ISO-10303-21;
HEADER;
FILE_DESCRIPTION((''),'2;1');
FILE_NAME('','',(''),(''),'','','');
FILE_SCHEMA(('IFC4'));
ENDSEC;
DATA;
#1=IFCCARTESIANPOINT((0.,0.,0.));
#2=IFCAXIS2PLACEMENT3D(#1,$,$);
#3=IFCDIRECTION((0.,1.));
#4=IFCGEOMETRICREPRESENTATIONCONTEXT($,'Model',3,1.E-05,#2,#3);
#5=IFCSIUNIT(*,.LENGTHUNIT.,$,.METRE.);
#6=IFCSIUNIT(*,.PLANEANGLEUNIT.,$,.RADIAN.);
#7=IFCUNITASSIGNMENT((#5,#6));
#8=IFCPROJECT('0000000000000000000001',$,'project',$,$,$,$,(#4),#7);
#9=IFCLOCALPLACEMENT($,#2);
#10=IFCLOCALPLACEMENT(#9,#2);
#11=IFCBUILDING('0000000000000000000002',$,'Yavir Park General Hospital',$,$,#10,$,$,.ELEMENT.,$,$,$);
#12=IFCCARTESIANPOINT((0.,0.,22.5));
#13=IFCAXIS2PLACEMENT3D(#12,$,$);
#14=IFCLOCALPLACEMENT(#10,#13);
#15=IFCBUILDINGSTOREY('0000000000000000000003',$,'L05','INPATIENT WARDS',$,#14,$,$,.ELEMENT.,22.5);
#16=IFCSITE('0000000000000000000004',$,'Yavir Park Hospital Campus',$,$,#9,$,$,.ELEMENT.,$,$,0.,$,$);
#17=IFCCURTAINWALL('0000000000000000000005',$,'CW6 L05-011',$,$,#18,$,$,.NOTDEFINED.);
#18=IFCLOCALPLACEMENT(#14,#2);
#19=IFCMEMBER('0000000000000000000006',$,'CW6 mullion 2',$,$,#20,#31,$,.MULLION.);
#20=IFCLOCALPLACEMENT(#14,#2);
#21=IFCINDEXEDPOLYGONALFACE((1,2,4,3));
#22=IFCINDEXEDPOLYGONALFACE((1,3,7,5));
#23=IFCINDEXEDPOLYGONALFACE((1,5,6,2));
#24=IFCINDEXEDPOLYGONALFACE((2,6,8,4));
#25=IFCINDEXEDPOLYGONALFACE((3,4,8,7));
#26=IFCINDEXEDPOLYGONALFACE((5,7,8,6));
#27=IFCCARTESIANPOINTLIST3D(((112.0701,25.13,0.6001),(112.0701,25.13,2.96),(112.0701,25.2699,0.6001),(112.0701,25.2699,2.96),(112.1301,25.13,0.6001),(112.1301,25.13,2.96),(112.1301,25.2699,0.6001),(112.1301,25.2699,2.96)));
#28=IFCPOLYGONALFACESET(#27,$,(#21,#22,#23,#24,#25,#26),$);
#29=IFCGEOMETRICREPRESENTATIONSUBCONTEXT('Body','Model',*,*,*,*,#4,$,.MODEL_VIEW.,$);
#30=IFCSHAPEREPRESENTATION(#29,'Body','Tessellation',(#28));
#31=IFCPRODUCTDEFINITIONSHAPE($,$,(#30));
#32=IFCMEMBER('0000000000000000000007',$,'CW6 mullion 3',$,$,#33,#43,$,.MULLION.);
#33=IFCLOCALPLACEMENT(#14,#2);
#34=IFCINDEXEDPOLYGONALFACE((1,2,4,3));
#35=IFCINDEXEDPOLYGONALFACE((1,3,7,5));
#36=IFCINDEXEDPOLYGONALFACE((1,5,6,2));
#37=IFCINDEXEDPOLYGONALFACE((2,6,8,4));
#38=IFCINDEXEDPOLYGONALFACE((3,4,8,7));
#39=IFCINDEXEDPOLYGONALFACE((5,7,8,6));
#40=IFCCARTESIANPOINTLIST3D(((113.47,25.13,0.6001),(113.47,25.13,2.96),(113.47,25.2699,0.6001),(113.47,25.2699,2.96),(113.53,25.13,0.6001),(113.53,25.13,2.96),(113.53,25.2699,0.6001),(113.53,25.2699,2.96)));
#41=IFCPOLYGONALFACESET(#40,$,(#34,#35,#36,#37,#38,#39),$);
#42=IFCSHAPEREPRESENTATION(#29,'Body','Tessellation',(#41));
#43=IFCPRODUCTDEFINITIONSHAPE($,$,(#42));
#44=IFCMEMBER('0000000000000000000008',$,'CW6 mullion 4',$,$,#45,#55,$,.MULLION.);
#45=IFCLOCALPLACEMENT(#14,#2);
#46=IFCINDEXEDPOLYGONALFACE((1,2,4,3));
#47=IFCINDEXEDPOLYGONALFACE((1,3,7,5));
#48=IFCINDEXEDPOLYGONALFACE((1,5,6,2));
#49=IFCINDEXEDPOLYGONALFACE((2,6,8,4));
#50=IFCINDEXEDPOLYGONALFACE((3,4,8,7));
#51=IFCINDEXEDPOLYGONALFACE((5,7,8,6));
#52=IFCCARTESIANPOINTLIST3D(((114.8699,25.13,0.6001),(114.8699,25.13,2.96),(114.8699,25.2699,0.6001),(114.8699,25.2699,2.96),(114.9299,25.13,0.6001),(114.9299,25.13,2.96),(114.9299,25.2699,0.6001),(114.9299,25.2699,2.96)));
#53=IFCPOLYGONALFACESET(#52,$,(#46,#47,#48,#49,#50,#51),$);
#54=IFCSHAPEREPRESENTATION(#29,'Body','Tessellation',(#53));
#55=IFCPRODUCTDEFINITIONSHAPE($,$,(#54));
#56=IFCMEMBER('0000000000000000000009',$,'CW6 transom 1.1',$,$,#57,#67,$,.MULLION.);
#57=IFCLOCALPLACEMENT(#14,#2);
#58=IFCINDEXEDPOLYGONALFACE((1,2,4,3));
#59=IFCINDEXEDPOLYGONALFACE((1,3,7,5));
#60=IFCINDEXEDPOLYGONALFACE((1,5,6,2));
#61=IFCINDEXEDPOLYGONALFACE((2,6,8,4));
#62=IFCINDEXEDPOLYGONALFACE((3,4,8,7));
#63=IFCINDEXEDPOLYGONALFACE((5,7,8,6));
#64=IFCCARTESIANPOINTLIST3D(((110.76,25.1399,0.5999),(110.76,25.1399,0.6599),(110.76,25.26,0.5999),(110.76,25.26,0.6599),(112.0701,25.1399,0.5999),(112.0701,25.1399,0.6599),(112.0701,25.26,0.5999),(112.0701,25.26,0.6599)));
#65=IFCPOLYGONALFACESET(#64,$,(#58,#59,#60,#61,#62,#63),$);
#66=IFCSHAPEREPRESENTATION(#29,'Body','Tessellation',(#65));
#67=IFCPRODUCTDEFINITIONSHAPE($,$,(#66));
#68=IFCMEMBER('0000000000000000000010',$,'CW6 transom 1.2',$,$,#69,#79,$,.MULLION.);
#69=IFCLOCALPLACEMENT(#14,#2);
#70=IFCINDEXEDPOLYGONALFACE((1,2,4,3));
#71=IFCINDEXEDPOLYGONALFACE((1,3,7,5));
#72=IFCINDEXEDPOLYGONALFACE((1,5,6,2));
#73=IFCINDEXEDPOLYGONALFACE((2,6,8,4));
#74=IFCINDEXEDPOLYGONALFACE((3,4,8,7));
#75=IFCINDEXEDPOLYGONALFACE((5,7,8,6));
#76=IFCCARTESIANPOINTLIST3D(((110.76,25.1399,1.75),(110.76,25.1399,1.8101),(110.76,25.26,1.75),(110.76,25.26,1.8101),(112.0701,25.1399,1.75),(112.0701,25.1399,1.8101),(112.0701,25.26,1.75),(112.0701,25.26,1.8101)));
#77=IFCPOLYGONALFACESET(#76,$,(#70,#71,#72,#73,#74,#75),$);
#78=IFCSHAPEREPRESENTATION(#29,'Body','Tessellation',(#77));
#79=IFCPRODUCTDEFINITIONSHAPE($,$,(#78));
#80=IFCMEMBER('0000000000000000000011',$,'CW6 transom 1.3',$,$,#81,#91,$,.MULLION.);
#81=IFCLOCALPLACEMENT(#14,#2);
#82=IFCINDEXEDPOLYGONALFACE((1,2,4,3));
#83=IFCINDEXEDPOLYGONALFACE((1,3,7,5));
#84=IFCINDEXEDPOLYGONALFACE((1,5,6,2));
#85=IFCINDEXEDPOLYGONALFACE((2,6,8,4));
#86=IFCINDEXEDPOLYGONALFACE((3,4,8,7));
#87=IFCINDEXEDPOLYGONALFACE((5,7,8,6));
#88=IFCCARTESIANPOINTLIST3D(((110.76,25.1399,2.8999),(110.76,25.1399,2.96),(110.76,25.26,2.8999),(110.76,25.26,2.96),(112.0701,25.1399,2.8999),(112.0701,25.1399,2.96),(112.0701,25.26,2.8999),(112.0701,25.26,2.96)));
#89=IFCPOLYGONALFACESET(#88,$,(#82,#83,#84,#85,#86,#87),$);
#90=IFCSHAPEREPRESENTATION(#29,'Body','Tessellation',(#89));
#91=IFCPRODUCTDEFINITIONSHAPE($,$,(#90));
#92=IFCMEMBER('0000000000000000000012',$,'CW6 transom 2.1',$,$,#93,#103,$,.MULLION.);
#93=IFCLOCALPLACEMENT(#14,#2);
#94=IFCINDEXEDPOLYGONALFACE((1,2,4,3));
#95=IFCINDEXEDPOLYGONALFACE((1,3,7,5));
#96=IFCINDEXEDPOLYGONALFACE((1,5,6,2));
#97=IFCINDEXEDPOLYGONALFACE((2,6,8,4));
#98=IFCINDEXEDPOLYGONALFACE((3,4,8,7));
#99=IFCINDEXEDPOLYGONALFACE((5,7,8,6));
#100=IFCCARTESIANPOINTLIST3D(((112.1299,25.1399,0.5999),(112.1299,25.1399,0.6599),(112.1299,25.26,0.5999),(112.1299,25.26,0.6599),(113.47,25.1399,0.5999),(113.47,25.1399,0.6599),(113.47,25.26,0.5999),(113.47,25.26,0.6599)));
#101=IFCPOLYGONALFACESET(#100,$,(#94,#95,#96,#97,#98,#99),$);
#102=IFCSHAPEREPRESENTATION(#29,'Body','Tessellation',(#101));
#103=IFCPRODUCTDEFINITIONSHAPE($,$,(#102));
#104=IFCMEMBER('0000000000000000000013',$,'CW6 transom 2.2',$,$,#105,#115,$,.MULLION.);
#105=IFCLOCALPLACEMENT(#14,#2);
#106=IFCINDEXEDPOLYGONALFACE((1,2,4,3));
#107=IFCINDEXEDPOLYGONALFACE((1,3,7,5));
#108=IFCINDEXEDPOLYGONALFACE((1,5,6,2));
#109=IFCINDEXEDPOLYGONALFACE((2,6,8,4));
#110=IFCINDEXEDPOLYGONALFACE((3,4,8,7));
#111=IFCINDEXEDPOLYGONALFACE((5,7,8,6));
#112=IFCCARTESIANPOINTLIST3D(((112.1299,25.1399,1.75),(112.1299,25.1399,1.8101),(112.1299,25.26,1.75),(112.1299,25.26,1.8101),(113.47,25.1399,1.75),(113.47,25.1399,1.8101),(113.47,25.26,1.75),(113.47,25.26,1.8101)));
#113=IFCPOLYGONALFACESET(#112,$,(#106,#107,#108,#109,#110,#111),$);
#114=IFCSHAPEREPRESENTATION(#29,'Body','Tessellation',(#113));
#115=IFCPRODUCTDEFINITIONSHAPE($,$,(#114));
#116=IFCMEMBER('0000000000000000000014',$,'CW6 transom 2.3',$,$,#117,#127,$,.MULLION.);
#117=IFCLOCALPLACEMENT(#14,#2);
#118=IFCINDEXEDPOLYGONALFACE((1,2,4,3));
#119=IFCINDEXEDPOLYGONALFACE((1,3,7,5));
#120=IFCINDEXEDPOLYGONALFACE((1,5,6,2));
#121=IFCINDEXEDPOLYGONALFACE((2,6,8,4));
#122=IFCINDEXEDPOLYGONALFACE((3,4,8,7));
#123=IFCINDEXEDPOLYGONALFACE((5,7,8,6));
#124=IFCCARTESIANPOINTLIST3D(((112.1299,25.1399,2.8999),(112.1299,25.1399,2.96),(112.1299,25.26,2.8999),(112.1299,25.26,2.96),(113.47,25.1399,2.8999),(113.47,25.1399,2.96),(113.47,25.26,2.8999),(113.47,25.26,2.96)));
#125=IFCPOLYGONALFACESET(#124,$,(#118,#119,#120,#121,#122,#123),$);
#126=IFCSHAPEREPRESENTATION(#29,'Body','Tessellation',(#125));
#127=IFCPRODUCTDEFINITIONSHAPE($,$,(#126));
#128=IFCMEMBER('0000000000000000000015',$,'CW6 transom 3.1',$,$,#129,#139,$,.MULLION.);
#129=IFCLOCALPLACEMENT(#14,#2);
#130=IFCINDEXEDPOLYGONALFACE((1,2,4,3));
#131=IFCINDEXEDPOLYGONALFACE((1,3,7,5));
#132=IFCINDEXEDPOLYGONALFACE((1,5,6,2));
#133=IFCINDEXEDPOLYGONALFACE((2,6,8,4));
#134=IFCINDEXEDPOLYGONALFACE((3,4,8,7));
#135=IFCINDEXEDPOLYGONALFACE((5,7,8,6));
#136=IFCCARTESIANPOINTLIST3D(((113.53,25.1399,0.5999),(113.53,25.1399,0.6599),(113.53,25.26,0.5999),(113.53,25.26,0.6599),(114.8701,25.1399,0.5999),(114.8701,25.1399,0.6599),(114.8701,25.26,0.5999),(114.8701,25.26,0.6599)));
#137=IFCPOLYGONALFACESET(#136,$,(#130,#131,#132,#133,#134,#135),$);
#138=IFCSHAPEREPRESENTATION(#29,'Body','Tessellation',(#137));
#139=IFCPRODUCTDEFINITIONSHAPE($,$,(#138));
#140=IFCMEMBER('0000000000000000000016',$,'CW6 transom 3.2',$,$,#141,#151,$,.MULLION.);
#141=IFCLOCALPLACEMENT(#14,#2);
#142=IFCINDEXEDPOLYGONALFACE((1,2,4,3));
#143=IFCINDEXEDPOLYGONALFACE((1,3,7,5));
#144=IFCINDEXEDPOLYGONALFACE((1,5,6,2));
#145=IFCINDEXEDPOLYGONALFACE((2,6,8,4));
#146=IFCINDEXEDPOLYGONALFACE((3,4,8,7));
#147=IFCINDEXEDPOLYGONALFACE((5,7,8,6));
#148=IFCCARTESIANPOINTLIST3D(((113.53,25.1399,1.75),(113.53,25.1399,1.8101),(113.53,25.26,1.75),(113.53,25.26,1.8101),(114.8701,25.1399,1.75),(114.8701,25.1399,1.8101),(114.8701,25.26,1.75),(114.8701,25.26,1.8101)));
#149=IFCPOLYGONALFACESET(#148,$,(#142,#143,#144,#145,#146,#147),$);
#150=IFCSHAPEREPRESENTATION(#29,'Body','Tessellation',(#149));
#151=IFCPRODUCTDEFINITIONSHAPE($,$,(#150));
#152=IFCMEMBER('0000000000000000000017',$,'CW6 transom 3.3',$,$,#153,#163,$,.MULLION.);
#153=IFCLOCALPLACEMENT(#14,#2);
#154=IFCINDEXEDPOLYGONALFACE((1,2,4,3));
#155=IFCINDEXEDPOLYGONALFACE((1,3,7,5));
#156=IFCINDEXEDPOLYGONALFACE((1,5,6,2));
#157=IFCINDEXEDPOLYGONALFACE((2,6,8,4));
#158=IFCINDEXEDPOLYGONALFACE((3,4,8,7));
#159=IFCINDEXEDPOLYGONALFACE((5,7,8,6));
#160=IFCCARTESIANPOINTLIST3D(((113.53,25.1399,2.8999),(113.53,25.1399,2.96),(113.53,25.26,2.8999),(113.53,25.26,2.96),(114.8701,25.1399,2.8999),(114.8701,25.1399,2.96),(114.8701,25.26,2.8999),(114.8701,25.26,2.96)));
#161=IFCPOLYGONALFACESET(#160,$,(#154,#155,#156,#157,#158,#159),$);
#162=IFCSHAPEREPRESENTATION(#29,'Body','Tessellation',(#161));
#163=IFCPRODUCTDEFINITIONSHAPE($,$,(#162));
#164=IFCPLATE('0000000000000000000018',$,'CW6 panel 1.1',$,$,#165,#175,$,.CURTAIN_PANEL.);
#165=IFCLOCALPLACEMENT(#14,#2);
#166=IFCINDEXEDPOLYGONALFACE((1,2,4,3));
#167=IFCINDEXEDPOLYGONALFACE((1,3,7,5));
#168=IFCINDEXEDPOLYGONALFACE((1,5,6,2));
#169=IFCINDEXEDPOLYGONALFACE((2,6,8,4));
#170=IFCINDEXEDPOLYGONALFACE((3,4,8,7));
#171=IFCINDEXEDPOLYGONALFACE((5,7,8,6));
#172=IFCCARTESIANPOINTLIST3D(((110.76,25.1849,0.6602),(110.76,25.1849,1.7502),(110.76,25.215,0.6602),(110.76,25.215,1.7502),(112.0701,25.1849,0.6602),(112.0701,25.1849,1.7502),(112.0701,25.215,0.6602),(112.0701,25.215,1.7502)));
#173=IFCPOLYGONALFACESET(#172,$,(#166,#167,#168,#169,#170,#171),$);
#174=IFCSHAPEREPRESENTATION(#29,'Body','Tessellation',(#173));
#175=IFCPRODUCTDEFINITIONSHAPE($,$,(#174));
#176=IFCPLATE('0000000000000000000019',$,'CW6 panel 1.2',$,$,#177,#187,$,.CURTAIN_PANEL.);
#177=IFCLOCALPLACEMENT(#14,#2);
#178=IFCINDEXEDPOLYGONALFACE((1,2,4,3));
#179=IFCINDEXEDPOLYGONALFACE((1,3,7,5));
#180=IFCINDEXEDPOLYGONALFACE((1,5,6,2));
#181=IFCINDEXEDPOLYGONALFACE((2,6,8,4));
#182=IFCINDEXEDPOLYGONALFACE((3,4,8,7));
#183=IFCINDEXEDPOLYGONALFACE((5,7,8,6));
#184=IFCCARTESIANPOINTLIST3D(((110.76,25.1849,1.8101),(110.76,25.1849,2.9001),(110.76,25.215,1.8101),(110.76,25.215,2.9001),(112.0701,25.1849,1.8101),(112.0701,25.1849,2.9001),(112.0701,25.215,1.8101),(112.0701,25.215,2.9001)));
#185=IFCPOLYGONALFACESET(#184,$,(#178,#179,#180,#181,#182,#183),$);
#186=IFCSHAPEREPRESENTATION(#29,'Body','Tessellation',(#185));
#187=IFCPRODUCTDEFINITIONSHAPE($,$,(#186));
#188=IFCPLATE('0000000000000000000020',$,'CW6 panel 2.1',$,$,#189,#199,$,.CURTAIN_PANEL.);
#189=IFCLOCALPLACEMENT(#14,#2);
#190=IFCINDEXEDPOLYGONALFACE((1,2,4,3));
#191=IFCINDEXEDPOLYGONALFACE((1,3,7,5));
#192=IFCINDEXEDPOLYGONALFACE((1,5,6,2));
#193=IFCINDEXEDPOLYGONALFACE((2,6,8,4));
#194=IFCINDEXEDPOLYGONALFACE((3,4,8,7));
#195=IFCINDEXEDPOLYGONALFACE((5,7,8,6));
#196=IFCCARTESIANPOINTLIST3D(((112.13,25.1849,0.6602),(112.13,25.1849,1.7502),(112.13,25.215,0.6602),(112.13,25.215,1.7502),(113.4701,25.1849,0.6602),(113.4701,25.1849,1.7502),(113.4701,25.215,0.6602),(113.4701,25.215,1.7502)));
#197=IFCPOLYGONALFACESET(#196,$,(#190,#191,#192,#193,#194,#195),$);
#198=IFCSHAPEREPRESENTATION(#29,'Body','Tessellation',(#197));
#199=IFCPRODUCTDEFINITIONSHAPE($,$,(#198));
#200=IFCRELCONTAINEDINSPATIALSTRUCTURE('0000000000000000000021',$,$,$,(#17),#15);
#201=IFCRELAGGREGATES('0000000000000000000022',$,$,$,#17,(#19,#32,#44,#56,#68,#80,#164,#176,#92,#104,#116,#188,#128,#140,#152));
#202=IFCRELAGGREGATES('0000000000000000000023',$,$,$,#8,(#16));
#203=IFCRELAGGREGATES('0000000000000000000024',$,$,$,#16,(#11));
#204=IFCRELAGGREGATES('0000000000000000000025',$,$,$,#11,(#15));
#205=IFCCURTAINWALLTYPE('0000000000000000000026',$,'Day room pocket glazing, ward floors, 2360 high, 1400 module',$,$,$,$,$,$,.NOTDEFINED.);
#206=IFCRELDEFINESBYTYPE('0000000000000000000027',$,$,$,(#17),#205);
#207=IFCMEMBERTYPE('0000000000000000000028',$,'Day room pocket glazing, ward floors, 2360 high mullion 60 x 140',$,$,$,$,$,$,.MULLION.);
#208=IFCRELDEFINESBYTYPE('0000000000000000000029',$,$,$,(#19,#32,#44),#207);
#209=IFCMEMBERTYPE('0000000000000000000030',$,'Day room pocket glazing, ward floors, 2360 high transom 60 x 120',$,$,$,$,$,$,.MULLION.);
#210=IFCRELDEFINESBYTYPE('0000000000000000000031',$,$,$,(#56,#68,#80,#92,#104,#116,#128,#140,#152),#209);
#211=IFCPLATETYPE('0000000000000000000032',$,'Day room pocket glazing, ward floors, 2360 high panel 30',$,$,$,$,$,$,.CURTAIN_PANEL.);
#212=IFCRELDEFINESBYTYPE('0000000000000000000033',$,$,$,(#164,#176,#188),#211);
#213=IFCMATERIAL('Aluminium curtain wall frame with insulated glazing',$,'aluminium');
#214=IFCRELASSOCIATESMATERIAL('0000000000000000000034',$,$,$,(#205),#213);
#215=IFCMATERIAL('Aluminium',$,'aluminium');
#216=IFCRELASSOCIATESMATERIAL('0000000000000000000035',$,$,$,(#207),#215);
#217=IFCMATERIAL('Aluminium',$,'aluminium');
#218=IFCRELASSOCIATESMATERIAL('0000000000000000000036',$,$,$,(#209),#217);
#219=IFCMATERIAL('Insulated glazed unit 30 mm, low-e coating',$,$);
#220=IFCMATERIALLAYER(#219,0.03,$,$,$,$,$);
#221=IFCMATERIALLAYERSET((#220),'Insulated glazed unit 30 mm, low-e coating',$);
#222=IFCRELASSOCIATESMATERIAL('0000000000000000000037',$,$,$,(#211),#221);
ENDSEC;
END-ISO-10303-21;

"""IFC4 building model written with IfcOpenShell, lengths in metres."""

from ifc_helpers import new_model, si_unit, direction, frame, origin, origin_2d, place, context, subcontext, project, spatial, rectangle, extrude, material, layer, layer_set, material_profile, profile_set, type_object, element, aggregate, save


model = new_model("IFC4")

# Units and contexts
model_context = context("Model", 3, precision=1e-05, world=origin(), true_north=direction((0.0, 1.0)))
body_context = subcontext(model_context, "Body", "Model", "MODEL_VIEW")
ifc_project = project(units=[si_unit("LENGTHUNIT", "METRE"), si_unit("PLANEANGLEUNIT", "RADIAN")], contexts=[model_context])

# Site, building, storey
site_placement = place(None, origin())
site = spatial("IfcSite", under=ifc_project, at=site_placement, Name="Yavir Park Hospital Campus", CompositionType="ELEMENT", RefElevation=0.0)
building_placement = place(site_placement, origin())
building = spatial("IfcBuilding", under=site, at=building_placement, Name="Yavir Park General Hospital", CompositionType="ELEMENT")
storey_placement = place(building_placement, frame((0.0, 0.0, 22.5)))
storey = spatial("IfcBuildingStorey", under=building, at=storey_placement, Name="L05", Description="INPATIENT WARDS", CompositionType="ELEMENT", Elevation=22.5)

# Curtain wall, members, plates
ifc_material_1 = material(Name="Aluminium curtain wall frame with insulated glazing", Category="aluminium")
curtain_wall_type = type_object("IfcCurtainWallType", Name="Day room pocket glazing, ward floors, 2360 high, 1400 module", PredefinedType="NOTDEFINED", material=ifc_material_1)
curtain_wall_placement = place(storey_placement, origin())
curtain_wall = element("IfcCurtainWall", 1, at=curtain_wall_placement, inside=storey, type_object=curtain_wall_type, Name="CW6 L05-011", PredefinedType="NOTDEFINED")
ifc_material_2 = material(Name="Aluminium", Category="aluminium")
ifc_material_profile_1 = material_profile(ifc_material_2, rectangle(XDim=0.1399, YDim=0.0601, at=origin_2d()), Name="AL 60x140")
ifc_profile_set_1 = profile_set([ifc_material_profile_1], Name="Aluminium")
member_type_1 = type_object("IfcMemberType", Name="Day room pocket glazing, ward floors, 2360 high mullion 60 x 140", PredefinedType="MULLION", material=ifc_profile_set_1)
member_1_placement = place(storey_placement, frame((112.1001, 25.2, 0.6001), z_axis=(0.0, 0.0, 1.0), x_axis=(0.0, 1.0, 0.0)))
member_1 = element("IfcMember", 2, at=member_1_placement, type_object=member_type_1, Name="CW6 mullion 2", PredefinedType="MULLION", context=body_context, shape_type="SweptSolid", body=[
    extrude(rectangle(XDim=0.1399, YDim=0.0601, at=origin_2d()), origin(), (0.0, 0.0, 1.0), 2.3599),
])
member_2_placement = place(storey_placement, frame((113.5, 25.2, 0.6001), z_axis=(0.0, 0.0, 1.0), x_axis=(0.0, 1.0, 0.0)))
member_2 = element("IfcMember", 3, at=member_2_placement, type_object=member_type_1, Name="CW6 mullion 3", PredefinedType="MULLION", context=body_context, shape_type="SweptSolid", body=[
    extrude(rectangle(XDim=0.1399, YDim=0.0601, at=origin_2d()), origin(), (0.0, 0.0, 1.0), 2.3599),
])
member_3_placement = place(storey_placement, frame((114.8999, 25.2, 0.6001), z_axis=(0.0, 0.0, 1.0), x_axis=(0.0, 1.0, 0.0)))
member_3 = element("IfcMember", 4, at=member_3_placement, type_object=member_type_1, Name="CW6 mullion 4", PredefinedType="MULLION", context=body_context, shape_type="SweptSolid", body=[
    extrude(rectangle(XDim=0.1399, YDim=0.0601, at=origin_2d()), origin(), (0.0, 0.0, 1.0), 2.3599),
])
ifc_material_3 = material(Name="Aluminium", Category="aluminium")
ifc_material_profile_2 = material_profile(ifc_material_3, rectangle(XDim=0.1201, YDim=0.0601, at=origin_2d()), Name="AL 120x60")
ifc_profile_set_2 = profile_set([ifc_material_profile_2], Name="Aluminium")
member_type_2 = type_object("IfcMemberType", Name="Day room pocket glazing, ward floors, 2360 high transom 60 x 120", PredefinedType="MULLION", material=ifc_profile_set_2)
member_4_placement = place(storey_placement, frame((110.76, 25.2, 0.6299), z_axis=(1.0, 0.0, 0.0), x_axis=(0.0, 1.0, 0.0)))
member_4 = element("IfcMember", 5, at=member_4_placement, type_object=member_type_2, Name="CW6 transom 1.1", PredefinedType="MULLION", context=body_context, shape_type="SweptSolid", body=[
    extrude(rectangle(XDim=0.1201, YDim=0.0601, at=origin_2d()), origin(), (0.0, 0.0, 1.0), 1.3101),
])
member_5_placement = place(storey_placement, frame((110.76, 25.2, 1.78), z_axis=(1.0, 0.0, 0.0), x_axis=(0.0, 1.0, 0.0)))
member_5 = element("IfcMember", 6, at=member_5_placement, type_object=member_type_2, Name="CW6 transom 1.2", PredefinedType="MULLION", context=body_context, shape_type="SweptSolid", body=[
    extrude(rectangle(XDim=0.1201, YDim=0.0601, at=origin_2d()), origin(), (0.0, 0.0, 1.0), 1.3101),
])
member_6_placement = place(storey_placement, frame((110.76, 25.2, 2.9299), z_axis=(1.0, 0.0, 0.0), x_axis=(0.0, 1.0, 0.0)))
member_6 = element("IfcMember", 7, at=member_6_placement, type_object=member_type_2, Name="CW6 transom 1.3", PredefinedType="MULLION", context=body_context, shape_type="SweptSolid", body=[
    extrude(rectangle(XDim=0.1201, YDim=0.0601, at=origin_2d()), origin(), (0.0, 0.0, 1.0), 1.3101),
])
member_7_placement = place(storey_placement, frame((112.1299, 25.2, 0.6299), z_axis=(1.0, 0.0, 0.0), x_axis=(0.0, 1.0, 0.0)))
member_7 = element("IfcMember", 8, at=member_7_placement, type_object=member_type_2, Name="CW6 transom 2.1", PredefinedType="MULLION", context=body_context, shape_type="SweptSolid", body=[
    extrude(rectangle(XDim=0.1201, YDim=0.0601, at=origin_2d()), origin(), (0.0, 0.0, 1.0), 1.3401),
])
member_8_placement = place(storey_placement, frame((112.1299, 25.2, 1.78), z_axis=(1.0, 0.0, 0.0), x_axis=(0.0, 1.0, 0.0)))
member_8 = element("IfcMember", 9, at=member_8_placement, type_object=member_type_2, Name="CW6 transom 2.2", PredefinedType="MULLION", context=body_context, shape_type="SweptSolid", body=[
    extrude(rectangle(XDim=0.1201, YDim=0.0601, at=origin_2d()), origin(), (0.0, 0.0, 1.0), 1.3401),
])
member_9_placement = place(storey_placement, frame((112.1299, 25.2, 2.9299), z_axis=(1.0, 0.0, 0.0), x_axis=(0.0, 1.0, 0.0)))
member_9 = element("IfcMember", 10, at=member_9_placement, type_object=member_type_2, Name="CW6 transom 2.3", PredefinedType="MULLION", context=body_context, shape_type="SweptSolid", body=[
    extrude(rectangle(XDim=0.1201, YDim=0.0601, at=origin_2d()), origin(), (0.0, 0.0, 1.0), 1.3401),
])
member_10_placement = place(storey_placement, frame((113.53, 25.2, 0.6299), z_axis=(1.0, 0.0, 0.0), x_axis=(0.0, 1.0, 0.0)))
member_10 = element("IfcMember", 11, at=member_10_placement, type_object=member_type_2, Name="CW6 transom 3.1", PredefinedType="MULLION", context=body_context, shape_type="SweptSolid", body=[
    extrude(rectangle(XDim=0.1201, YDim=0.0601, at=origin_2d()), origin(), (0.0, 0.0, 1.0), 1.3401),
])
member_11_placement = place(storey_placement, frame((113.53, 25.2, 1.78), z_axis=(1.0, 0.0, 0.0), x_axis=(0.0, 1.0, 0.0)))
member_11 = element("IfcMember", 12, at=member_11_placement, type_object=member_type_2, Name="CW6 transom 3.2", PredefinedType="MULLION", context=body_context, shape_type="SweptSolid", body=[
    extrude(rectangle(XDim=0.1201, YDim=0.0601, at=origin_2d()), origin(), (0.0, 0.0, 1.0), 1.3401),
])
member_12_placement = place(storey_placement, frame((113.53, 25.2, 2.9299), z_axis=(1.0, 0.0, 0.0), x_axis=(0.0, 1.0, 0.0)))
member_12 = element("IfcMember", 13, at=member_12_placement, type_object=member_type_2, Name="CW6 transom 3.3", PredefinedType="MULLION", context=body_context, shape_type="SweptSolid", body=[
    extrude(rectangle(XDim=0.1201, YDim=0.0601, at=origin_2d()), origin(), (0.0, 0.0, 1.0), 1.3401),
])
ifc_material_4 = material(Name="Insulated glazed unit 30 mm, low-e coating")
ifc_layer = layer(ifc_material_4, 0.03)
ifc_layer_set = layer_set([ifc_layer], Name="Insulated glazed unit 30 mm, low-e coating")
plate_type = type_object("IfcPlateType", Name="Day room pocket glazing, ward floors, 2360 high panel 30", PredefinedType="CURTAIN_PANEL", material=ifc_layer_set)
plate_1_placement = place(storey_placement, frame((111.415, 25.2, 0.6602), z_axis=(0.0, 0.0, 1.0), x_axis=(1.0, 0.0, 0.0)))
plate_1 = element("IfcPlate", 14, at=plate_1_placement, type_object=plate_type, Name="CW6 panel 1.1", PredefinedType="CURTAIN_PANEL", context=body_context, shape_type="SweptSolid", body=[
    extrude(rectangle(XDim=1.3101, YDim=0.03, at=origin_2d()), origin(), (0.0, 0.0, 1.0), 1.0901),
])
plate_2_placement = place(storey_placement, frame((111.415, 25.2, 1.8101), z_axis=(0.0, 0.0, 1.0), x_axis=(1.0, 0.0, 0.0)))
plate_2 = element("IfcPlate", 15, at=plate_2_placement, type_object=plate_type, Name="CW6 panel 1.2", PredefinedType="CURTAIN_PANEL", context=body_context, shape_type="SweptSolid", body=[
    extrude(rectangle(XDim=1.3101, YDim=0.03, at=origin_2d()), origin(), (0.0, 0.0, 1.0), 1.0901),
])
plate_3_placement = place(storey_placement, frame((112.8, 25.2, 0.6602), z_axis=(0.0, 0.0, 1.0), x_axis=(1.0, 0.0, 0.0)))
plate_3 = element("IfcPlate", 16, at=plate_3_placement, type_object=plate_type, Name="CW6 panel 2.1", PredefinedType="CURTAIN_PANEL", context=body_context, shape_type="SweptSolid", body=[
    extrude(rectangle(XDim=1.3401, YDim=0.03, at=origin_2d()), origin(), (0.0, 0.0, 1.0), 1.0901),
])
aggregate(curtain_wall, [member_1, member_2, member_3, member_4, member_5, member_6, plate_1, plate_2, member_7, member_8, member_9, plate_3, member_10, member_11, member_12])

save(model, "model.ifc")
